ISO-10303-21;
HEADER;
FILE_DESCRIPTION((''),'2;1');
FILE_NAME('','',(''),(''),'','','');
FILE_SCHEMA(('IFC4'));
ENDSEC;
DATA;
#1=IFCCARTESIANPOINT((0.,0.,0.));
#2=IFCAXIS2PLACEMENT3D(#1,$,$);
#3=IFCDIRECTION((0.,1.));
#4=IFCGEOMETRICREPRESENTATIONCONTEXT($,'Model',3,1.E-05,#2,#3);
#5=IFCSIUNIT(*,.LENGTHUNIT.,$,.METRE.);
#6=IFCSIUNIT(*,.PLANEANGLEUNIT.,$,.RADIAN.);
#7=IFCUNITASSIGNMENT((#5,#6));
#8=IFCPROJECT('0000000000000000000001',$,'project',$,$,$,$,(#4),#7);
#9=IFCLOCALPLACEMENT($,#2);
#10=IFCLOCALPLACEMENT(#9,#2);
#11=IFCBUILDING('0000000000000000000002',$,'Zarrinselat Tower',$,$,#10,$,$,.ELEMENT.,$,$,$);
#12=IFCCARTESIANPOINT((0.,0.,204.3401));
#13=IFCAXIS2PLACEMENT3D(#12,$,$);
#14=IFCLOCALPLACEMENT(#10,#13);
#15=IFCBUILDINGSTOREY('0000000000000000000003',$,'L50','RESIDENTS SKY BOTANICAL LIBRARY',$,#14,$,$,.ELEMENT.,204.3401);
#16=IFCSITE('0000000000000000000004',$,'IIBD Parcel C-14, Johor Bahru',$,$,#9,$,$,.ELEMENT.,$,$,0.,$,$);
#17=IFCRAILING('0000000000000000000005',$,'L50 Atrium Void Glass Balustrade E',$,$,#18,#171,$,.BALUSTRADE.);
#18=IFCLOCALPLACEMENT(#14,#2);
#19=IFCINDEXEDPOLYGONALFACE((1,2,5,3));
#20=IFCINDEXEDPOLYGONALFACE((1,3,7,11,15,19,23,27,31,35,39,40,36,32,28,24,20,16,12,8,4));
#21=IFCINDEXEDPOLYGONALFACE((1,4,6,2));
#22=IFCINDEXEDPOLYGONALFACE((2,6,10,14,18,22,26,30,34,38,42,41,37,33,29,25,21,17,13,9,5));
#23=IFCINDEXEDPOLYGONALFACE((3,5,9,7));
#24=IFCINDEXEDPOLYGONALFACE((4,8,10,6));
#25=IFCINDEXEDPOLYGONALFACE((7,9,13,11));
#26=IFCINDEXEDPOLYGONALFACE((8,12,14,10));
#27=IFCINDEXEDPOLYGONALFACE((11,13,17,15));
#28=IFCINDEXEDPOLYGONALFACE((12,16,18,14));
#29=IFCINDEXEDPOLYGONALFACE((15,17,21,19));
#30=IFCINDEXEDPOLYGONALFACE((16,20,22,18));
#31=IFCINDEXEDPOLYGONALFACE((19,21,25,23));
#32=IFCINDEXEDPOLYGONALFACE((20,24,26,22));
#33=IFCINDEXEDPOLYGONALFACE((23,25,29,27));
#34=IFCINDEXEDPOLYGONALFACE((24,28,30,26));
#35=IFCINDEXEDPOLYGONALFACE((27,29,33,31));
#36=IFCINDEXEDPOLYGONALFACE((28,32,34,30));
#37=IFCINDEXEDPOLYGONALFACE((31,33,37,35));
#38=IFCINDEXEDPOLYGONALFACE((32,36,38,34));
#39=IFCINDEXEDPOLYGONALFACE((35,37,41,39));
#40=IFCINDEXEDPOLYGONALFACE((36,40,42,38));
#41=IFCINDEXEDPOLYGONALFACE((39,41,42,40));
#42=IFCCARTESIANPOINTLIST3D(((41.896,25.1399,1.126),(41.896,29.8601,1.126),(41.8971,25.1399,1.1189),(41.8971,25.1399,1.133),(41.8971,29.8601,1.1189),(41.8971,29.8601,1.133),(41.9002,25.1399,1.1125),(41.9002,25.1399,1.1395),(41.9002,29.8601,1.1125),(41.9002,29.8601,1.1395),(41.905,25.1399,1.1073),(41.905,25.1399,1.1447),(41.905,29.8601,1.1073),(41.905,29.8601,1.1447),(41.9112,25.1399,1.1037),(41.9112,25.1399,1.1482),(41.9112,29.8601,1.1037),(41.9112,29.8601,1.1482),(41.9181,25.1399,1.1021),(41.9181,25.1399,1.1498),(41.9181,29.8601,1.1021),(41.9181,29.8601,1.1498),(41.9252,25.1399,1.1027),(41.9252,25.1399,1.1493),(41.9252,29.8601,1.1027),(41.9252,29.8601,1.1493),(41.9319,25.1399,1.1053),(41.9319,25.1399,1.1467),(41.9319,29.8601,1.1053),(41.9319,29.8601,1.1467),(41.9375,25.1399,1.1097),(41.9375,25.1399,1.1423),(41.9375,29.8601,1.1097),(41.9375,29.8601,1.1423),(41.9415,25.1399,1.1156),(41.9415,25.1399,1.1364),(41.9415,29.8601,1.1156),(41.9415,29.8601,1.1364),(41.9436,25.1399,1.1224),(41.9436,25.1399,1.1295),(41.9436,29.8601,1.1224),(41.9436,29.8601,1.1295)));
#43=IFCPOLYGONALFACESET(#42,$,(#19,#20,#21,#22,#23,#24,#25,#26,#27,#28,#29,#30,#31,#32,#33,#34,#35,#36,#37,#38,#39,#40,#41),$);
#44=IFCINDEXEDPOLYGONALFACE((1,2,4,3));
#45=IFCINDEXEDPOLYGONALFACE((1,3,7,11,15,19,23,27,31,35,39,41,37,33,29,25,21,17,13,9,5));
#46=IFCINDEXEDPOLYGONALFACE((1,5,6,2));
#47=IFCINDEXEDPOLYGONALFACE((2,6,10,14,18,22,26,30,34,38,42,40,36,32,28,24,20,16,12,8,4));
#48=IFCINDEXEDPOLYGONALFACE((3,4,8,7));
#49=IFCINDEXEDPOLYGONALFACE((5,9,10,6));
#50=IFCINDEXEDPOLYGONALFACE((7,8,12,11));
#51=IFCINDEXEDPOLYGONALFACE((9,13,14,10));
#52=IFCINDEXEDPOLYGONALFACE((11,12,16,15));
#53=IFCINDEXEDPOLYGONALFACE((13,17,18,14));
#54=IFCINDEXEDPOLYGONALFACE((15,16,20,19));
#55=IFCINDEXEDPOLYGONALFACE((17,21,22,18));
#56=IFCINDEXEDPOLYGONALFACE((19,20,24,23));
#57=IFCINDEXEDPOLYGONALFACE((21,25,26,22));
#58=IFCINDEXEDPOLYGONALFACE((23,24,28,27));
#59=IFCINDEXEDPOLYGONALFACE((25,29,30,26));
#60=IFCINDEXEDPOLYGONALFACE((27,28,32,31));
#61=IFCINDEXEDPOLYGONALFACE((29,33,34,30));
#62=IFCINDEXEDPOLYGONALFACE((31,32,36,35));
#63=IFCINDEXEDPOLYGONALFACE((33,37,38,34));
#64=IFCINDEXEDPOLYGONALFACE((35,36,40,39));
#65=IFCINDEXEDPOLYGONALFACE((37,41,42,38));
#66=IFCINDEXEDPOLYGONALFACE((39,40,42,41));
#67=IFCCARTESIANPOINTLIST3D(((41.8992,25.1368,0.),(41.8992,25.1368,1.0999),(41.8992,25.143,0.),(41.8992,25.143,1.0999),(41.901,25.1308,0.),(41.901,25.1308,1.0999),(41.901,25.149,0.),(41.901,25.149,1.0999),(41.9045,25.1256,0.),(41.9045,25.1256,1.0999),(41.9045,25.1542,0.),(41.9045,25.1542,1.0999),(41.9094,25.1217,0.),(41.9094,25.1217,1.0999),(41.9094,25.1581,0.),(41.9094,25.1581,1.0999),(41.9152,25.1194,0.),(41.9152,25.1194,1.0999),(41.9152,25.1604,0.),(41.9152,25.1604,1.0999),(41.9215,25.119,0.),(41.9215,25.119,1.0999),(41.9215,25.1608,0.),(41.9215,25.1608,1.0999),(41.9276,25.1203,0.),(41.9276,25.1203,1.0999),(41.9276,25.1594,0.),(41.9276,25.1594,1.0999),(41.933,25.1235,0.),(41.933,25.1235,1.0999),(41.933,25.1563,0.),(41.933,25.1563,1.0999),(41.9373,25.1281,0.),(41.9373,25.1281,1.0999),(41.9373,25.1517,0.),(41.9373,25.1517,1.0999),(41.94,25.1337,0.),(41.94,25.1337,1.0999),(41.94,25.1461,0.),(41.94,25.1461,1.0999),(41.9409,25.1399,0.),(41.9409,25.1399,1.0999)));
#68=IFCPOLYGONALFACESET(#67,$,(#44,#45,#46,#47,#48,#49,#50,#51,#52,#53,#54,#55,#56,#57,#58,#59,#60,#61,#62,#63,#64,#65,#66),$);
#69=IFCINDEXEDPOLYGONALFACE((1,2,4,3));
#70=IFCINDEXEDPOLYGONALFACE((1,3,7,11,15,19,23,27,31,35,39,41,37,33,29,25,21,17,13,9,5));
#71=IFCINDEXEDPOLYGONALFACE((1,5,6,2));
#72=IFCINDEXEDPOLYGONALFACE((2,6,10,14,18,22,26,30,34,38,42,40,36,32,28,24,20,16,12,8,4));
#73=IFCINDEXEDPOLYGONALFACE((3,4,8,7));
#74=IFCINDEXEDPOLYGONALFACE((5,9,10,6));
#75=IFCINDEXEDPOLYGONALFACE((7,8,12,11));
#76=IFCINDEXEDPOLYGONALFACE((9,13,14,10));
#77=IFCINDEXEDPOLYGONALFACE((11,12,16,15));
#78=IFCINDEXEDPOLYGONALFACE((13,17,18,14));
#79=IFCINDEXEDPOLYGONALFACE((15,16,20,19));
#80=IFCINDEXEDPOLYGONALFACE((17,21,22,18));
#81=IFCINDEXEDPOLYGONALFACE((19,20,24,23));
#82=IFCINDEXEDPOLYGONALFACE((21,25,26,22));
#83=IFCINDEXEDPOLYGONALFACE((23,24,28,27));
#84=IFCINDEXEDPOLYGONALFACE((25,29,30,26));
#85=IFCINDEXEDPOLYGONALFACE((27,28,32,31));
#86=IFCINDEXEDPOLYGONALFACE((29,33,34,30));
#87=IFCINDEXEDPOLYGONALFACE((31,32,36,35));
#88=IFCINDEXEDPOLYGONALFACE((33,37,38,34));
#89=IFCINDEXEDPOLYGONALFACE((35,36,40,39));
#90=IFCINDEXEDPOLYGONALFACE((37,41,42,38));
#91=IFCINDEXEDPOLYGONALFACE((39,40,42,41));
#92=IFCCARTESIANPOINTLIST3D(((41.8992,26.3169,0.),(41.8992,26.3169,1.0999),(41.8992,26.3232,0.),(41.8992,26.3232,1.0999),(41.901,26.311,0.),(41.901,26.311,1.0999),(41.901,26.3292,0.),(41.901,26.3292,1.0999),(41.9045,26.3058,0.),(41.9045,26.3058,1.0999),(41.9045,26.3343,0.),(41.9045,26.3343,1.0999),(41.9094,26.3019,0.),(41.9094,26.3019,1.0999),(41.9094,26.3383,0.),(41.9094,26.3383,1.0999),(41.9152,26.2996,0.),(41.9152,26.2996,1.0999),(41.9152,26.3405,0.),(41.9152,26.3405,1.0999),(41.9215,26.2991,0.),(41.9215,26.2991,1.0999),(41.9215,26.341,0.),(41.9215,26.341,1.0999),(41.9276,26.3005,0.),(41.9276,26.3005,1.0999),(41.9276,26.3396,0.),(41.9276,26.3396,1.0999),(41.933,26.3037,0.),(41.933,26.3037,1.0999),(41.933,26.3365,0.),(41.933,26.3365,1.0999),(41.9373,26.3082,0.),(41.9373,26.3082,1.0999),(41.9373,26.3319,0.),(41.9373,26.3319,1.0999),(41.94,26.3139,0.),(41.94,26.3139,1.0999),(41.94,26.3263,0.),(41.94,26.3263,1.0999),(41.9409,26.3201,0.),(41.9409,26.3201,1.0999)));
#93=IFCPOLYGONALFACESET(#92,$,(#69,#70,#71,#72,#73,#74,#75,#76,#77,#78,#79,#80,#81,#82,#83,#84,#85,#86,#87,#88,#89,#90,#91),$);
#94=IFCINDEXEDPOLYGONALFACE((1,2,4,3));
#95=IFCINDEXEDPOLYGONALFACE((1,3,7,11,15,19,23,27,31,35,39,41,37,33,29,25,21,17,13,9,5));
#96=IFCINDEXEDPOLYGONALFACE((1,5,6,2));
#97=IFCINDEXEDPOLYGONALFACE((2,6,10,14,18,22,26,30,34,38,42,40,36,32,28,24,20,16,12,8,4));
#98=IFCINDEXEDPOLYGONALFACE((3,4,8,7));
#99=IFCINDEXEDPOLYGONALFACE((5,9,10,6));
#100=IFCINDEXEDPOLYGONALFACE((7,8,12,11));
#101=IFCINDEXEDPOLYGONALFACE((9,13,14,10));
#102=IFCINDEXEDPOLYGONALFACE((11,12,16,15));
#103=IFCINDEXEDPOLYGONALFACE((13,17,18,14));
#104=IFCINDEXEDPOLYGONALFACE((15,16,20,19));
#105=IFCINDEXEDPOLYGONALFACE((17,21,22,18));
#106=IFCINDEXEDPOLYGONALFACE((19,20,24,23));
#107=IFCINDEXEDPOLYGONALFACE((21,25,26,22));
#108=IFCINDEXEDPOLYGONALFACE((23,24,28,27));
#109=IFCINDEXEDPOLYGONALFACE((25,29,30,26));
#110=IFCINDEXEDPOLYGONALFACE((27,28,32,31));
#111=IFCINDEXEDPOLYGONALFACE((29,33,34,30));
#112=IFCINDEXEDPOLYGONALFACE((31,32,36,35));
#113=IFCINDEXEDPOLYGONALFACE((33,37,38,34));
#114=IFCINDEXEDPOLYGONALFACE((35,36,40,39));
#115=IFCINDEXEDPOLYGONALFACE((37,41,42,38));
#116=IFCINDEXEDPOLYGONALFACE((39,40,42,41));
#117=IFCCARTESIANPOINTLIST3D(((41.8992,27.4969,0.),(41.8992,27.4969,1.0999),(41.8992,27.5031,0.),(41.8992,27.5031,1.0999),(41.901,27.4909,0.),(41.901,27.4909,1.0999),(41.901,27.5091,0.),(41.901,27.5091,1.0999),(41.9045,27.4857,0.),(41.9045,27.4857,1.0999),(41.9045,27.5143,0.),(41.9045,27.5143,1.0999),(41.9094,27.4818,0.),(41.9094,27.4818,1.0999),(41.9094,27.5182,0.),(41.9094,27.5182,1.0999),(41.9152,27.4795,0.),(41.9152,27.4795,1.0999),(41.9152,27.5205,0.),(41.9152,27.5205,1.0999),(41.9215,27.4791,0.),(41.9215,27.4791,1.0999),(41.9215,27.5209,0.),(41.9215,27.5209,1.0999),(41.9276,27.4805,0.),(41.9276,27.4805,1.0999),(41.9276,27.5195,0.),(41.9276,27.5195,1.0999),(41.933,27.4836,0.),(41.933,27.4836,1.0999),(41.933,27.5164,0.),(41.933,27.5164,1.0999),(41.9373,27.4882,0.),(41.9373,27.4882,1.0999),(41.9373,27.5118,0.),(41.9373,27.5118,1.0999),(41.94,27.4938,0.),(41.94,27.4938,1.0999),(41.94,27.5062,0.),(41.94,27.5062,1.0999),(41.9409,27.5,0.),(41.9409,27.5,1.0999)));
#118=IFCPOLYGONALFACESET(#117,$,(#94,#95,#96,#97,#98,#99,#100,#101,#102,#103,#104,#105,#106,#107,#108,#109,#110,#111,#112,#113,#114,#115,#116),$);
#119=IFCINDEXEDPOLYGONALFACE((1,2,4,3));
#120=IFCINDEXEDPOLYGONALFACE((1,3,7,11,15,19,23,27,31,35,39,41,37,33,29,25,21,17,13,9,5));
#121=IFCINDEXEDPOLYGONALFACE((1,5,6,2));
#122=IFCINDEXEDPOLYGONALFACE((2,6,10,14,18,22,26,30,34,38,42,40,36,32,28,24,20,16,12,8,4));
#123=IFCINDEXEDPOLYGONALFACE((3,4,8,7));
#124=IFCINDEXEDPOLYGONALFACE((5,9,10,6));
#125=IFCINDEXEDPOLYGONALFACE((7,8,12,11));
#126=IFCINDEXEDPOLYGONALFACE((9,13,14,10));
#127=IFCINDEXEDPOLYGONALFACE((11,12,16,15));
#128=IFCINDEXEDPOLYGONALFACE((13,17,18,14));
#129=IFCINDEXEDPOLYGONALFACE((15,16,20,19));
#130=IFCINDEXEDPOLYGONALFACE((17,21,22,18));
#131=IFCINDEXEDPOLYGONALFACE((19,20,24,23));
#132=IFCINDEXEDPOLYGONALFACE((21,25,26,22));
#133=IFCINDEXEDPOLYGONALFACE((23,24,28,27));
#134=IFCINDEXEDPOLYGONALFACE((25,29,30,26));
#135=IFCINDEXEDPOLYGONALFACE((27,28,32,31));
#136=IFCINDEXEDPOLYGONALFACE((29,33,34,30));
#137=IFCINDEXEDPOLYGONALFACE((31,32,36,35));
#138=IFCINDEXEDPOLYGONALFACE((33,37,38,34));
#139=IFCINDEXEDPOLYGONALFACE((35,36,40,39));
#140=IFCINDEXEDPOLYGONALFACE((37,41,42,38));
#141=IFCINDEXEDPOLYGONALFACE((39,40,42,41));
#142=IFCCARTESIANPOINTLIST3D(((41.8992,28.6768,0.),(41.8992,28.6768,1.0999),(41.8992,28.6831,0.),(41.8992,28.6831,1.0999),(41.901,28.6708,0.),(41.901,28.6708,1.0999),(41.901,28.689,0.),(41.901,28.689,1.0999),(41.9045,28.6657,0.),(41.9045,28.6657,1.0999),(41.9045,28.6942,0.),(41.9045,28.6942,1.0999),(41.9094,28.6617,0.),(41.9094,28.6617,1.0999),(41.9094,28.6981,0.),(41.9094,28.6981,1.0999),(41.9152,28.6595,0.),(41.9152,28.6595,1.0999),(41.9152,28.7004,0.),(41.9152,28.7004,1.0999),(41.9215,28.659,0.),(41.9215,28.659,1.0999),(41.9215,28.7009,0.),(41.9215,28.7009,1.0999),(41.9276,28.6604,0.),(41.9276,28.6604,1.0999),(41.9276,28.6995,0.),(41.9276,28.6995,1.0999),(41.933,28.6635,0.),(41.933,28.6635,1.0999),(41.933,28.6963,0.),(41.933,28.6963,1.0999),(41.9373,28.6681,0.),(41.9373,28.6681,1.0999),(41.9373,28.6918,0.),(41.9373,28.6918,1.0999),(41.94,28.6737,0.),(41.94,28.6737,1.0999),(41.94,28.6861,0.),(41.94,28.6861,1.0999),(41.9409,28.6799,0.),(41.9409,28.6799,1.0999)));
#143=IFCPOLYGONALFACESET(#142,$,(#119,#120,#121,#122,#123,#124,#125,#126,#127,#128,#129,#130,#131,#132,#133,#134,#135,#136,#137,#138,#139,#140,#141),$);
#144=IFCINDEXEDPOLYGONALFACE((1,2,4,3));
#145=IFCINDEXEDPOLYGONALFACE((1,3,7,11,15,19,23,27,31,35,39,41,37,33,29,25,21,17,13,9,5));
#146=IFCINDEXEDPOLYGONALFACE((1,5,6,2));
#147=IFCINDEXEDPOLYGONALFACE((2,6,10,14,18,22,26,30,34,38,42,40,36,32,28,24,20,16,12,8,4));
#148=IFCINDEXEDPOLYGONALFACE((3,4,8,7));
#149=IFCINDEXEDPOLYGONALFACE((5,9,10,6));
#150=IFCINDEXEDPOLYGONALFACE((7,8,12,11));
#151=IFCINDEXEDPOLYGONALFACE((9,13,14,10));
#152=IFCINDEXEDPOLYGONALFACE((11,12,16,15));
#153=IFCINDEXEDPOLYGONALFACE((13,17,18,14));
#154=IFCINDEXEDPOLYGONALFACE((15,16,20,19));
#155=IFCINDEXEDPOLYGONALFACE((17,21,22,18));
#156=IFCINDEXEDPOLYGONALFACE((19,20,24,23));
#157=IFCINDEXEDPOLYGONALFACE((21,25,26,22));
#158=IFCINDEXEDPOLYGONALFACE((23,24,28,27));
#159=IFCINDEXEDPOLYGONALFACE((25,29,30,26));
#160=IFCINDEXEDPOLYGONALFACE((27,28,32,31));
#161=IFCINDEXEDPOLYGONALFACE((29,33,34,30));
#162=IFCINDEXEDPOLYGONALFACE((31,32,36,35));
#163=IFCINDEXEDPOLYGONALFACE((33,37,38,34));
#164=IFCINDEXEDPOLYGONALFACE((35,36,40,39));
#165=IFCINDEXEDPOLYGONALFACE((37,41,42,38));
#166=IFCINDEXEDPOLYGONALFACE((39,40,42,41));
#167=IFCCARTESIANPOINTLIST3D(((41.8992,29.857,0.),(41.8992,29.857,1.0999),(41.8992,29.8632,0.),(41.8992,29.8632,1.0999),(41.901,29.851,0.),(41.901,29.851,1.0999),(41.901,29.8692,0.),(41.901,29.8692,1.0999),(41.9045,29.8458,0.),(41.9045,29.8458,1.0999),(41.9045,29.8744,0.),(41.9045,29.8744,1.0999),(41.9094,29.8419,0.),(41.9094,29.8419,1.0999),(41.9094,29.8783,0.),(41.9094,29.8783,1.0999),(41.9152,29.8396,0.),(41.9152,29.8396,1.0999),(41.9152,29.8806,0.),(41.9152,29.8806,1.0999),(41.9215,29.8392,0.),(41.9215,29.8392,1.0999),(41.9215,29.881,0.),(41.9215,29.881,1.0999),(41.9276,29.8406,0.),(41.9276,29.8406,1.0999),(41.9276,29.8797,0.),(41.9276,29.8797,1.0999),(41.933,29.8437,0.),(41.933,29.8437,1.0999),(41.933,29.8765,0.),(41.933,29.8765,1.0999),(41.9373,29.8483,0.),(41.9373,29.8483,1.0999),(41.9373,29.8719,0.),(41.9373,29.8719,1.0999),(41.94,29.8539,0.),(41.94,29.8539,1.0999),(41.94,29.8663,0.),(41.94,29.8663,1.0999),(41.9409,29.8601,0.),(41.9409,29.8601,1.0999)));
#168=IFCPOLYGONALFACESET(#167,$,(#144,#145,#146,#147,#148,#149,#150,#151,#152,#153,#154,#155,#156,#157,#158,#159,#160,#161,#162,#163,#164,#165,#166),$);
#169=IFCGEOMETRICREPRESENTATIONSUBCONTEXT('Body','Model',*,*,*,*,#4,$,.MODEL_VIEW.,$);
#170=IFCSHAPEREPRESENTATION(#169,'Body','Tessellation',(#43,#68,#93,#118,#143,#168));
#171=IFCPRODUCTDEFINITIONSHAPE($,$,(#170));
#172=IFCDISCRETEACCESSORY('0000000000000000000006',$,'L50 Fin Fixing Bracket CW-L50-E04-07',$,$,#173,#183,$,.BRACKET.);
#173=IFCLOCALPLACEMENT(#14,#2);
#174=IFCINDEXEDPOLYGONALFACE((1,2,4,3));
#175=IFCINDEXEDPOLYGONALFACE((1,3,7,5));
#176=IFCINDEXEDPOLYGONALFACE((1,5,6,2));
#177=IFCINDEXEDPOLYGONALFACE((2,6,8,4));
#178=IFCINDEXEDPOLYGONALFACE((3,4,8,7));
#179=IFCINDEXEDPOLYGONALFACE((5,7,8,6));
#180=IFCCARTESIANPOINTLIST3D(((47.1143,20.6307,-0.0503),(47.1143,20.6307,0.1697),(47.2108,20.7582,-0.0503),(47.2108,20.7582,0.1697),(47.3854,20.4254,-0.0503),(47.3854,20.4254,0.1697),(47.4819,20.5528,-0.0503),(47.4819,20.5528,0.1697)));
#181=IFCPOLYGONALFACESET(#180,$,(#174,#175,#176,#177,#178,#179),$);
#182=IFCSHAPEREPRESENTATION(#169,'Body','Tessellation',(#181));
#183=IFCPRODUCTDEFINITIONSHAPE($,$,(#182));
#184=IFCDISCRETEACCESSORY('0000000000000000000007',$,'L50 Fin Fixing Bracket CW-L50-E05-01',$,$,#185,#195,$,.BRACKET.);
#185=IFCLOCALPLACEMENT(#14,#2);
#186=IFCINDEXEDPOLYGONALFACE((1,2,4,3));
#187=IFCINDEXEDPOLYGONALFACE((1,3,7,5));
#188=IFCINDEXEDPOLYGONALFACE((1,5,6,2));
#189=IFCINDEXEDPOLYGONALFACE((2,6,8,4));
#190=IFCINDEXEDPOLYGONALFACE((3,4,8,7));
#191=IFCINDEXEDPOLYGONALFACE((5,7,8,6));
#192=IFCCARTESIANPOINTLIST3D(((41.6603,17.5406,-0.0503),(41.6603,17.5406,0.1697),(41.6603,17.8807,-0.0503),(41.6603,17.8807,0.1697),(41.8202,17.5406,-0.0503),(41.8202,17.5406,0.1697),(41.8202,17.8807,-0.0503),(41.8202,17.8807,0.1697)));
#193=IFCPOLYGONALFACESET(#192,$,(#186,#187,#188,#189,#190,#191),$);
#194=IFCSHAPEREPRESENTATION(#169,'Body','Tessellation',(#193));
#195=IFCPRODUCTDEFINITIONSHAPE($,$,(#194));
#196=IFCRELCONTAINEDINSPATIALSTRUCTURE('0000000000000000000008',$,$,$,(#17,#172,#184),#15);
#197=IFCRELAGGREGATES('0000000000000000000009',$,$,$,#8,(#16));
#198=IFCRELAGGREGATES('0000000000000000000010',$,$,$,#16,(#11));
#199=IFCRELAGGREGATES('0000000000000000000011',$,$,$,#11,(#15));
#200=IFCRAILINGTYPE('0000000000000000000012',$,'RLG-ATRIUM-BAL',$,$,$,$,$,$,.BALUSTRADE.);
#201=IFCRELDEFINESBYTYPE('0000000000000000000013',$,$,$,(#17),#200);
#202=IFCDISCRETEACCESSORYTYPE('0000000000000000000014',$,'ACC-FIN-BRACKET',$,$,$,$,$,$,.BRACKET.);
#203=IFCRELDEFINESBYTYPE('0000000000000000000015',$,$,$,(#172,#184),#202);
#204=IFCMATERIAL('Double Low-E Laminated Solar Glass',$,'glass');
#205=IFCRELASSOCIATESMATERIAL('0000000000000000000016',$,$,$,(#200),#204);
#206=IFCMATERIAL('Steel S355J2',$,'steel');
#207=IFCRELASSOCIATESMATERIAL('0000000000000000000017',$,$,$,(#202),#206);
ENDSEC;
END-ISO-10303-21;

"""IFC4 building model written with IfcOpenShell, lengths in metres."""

from ifc_helpers import new_model, si_unit, direction, frame, origin, origin_2d, place, context, subcontext, project, spatial, rectangle, circle, extrude, material, type_object, element, save


model = new_model("IFC4")

# Units and contexts
model_context = context("Model", 3, precision=1e-05, world=origin(), true_north=direction((0.0, 1.0)))
body_context = subcontext(model_context, "Body", "Model", "MODEL_VIEW")
ifc_project = project(units=[si_unit("LENGTHUNIT", "METRE"), si_unit("PLANEANGLEUNIT", "RADIAN")], contexts=[model_context])

# Site, building, storey
site_placement = place(None, origin())
site = spatial("IfcSite", under=ifc_project, at=site_placement, Name="IIBD Parcel C-14, Johor Bahru", CompositionType="ELEMENT", RefElevation=0.0)
building_placement = place(site_placement, origin())
building = spatial("IfcBuilding", under=site, at=building_placement, Name="Zarrinselat Tower", CompositionType="ELEMENT")
storey_placement = place(building_placement, frame((0.0, 0.0, 204.3401)))
storey = spatial("IfcBuildingStorey", under=building, at=storey_placement, Name="L50", Description="RESIDENTS SKY BOTANICAL LIBRARY", CompositionType="ELEMENT", Elevation=204.3401)

# Railing
ifc_material_1 = material(Name="Double Low-E Laminated Solar Glass", Category="glass")
railing_type = type_object("IfcRailingType", Name="RLG-ATRIUM-BAL", PredefinedType="BALUSTRADE", material=ifc_material_1)
railing_placement = place(storey_placement, frame((41.9199, 25.1399, 0.0)))
element("IfcRailing", 1, at=railing_placement, inside=storey, type_object=railing_type, Name="L50 Atrium Void Glass Balustrade E", PredefinedType="BALUSTRADE", context=body_context, shape_type="SweptSolid", body=[
    extrude(circle(Radius=0.0239, at=origin_2d()), frame((0.0, 0.0, 1.126), z_axis=(0.0, 1.0, 0.0), x_axis=(-1.0, 0.0, 0.0)), (0.0, 0.0, 1.0), 4.7202),
    extrude(circle(Radius=0.021, at=origin_2d()), origin(), (0.0, 0.0, 1.0), 1.0999),
    extrude(circle(Radius=0.021, at=origin_2d()), frame((0.0, 1.1802, 0.0)), (0.0, 0.0, 1.0), 1.0999),
    extrude(circle(Radius=0.021, at=origin_2d()), frame((0.0, 2.3601, 0.0)), (0.0, 0.0, 1.0), 1.0999),
    extrude(circle(Radius=0.021, at=origin_2d()), frame((0.0, 3.54, 0.0)), (0.0, 0.0, 1.0), 1.0999),
    extrude(circle(Radius=0.021, at=origin_2d()), frame((0.0, 4.7202, 0.0)), (0.0, 0.0, 1.0), 1.0999),
])

# Discrete accessories
ifc_material_2 = material(Name="Steel S355J2", Category="steel")
discrete_accessory_type = type_object("IfcDiscreteAccessoryType", Name="ACC-FIN-BRACKET", PredefinedType="BRACKET", material=ifc_material_2)
for number, where, z_axis, x_axis, name in (
    (2, (47.2981, 20.5918, -0.0503), (0.0, 0.0, 1.0), (0.797092, -0.603858, 0.0), "L50 Fin Fixing Bracket CW-L50-E04-07"),
    (3, (41.7402, 17.7107, -0.0503), (0.0, 0.0, 1.0), (0.0, -1.0, 0.0), "L50 Fin Fixing Bracket CW-L50-E05-01"),
):
    element("IfcDiscreteAccessory", number, at=place(storey_placement, frame(where, z_axis=z_axis, x_axis=x_axis)), inside=storey, type_object=discrete_accessory_type, Name=name, PredefinedType="BRACKET", context=body_context, shape_type="SweptSolid", body=[
        extrude(rectangle(XDim=0.3401, YDim=0.1599, at=origin_2d()), origin(), (0.0, 0.0, 1.0), 0.22),
    ])

save(model, "model.ifc")
